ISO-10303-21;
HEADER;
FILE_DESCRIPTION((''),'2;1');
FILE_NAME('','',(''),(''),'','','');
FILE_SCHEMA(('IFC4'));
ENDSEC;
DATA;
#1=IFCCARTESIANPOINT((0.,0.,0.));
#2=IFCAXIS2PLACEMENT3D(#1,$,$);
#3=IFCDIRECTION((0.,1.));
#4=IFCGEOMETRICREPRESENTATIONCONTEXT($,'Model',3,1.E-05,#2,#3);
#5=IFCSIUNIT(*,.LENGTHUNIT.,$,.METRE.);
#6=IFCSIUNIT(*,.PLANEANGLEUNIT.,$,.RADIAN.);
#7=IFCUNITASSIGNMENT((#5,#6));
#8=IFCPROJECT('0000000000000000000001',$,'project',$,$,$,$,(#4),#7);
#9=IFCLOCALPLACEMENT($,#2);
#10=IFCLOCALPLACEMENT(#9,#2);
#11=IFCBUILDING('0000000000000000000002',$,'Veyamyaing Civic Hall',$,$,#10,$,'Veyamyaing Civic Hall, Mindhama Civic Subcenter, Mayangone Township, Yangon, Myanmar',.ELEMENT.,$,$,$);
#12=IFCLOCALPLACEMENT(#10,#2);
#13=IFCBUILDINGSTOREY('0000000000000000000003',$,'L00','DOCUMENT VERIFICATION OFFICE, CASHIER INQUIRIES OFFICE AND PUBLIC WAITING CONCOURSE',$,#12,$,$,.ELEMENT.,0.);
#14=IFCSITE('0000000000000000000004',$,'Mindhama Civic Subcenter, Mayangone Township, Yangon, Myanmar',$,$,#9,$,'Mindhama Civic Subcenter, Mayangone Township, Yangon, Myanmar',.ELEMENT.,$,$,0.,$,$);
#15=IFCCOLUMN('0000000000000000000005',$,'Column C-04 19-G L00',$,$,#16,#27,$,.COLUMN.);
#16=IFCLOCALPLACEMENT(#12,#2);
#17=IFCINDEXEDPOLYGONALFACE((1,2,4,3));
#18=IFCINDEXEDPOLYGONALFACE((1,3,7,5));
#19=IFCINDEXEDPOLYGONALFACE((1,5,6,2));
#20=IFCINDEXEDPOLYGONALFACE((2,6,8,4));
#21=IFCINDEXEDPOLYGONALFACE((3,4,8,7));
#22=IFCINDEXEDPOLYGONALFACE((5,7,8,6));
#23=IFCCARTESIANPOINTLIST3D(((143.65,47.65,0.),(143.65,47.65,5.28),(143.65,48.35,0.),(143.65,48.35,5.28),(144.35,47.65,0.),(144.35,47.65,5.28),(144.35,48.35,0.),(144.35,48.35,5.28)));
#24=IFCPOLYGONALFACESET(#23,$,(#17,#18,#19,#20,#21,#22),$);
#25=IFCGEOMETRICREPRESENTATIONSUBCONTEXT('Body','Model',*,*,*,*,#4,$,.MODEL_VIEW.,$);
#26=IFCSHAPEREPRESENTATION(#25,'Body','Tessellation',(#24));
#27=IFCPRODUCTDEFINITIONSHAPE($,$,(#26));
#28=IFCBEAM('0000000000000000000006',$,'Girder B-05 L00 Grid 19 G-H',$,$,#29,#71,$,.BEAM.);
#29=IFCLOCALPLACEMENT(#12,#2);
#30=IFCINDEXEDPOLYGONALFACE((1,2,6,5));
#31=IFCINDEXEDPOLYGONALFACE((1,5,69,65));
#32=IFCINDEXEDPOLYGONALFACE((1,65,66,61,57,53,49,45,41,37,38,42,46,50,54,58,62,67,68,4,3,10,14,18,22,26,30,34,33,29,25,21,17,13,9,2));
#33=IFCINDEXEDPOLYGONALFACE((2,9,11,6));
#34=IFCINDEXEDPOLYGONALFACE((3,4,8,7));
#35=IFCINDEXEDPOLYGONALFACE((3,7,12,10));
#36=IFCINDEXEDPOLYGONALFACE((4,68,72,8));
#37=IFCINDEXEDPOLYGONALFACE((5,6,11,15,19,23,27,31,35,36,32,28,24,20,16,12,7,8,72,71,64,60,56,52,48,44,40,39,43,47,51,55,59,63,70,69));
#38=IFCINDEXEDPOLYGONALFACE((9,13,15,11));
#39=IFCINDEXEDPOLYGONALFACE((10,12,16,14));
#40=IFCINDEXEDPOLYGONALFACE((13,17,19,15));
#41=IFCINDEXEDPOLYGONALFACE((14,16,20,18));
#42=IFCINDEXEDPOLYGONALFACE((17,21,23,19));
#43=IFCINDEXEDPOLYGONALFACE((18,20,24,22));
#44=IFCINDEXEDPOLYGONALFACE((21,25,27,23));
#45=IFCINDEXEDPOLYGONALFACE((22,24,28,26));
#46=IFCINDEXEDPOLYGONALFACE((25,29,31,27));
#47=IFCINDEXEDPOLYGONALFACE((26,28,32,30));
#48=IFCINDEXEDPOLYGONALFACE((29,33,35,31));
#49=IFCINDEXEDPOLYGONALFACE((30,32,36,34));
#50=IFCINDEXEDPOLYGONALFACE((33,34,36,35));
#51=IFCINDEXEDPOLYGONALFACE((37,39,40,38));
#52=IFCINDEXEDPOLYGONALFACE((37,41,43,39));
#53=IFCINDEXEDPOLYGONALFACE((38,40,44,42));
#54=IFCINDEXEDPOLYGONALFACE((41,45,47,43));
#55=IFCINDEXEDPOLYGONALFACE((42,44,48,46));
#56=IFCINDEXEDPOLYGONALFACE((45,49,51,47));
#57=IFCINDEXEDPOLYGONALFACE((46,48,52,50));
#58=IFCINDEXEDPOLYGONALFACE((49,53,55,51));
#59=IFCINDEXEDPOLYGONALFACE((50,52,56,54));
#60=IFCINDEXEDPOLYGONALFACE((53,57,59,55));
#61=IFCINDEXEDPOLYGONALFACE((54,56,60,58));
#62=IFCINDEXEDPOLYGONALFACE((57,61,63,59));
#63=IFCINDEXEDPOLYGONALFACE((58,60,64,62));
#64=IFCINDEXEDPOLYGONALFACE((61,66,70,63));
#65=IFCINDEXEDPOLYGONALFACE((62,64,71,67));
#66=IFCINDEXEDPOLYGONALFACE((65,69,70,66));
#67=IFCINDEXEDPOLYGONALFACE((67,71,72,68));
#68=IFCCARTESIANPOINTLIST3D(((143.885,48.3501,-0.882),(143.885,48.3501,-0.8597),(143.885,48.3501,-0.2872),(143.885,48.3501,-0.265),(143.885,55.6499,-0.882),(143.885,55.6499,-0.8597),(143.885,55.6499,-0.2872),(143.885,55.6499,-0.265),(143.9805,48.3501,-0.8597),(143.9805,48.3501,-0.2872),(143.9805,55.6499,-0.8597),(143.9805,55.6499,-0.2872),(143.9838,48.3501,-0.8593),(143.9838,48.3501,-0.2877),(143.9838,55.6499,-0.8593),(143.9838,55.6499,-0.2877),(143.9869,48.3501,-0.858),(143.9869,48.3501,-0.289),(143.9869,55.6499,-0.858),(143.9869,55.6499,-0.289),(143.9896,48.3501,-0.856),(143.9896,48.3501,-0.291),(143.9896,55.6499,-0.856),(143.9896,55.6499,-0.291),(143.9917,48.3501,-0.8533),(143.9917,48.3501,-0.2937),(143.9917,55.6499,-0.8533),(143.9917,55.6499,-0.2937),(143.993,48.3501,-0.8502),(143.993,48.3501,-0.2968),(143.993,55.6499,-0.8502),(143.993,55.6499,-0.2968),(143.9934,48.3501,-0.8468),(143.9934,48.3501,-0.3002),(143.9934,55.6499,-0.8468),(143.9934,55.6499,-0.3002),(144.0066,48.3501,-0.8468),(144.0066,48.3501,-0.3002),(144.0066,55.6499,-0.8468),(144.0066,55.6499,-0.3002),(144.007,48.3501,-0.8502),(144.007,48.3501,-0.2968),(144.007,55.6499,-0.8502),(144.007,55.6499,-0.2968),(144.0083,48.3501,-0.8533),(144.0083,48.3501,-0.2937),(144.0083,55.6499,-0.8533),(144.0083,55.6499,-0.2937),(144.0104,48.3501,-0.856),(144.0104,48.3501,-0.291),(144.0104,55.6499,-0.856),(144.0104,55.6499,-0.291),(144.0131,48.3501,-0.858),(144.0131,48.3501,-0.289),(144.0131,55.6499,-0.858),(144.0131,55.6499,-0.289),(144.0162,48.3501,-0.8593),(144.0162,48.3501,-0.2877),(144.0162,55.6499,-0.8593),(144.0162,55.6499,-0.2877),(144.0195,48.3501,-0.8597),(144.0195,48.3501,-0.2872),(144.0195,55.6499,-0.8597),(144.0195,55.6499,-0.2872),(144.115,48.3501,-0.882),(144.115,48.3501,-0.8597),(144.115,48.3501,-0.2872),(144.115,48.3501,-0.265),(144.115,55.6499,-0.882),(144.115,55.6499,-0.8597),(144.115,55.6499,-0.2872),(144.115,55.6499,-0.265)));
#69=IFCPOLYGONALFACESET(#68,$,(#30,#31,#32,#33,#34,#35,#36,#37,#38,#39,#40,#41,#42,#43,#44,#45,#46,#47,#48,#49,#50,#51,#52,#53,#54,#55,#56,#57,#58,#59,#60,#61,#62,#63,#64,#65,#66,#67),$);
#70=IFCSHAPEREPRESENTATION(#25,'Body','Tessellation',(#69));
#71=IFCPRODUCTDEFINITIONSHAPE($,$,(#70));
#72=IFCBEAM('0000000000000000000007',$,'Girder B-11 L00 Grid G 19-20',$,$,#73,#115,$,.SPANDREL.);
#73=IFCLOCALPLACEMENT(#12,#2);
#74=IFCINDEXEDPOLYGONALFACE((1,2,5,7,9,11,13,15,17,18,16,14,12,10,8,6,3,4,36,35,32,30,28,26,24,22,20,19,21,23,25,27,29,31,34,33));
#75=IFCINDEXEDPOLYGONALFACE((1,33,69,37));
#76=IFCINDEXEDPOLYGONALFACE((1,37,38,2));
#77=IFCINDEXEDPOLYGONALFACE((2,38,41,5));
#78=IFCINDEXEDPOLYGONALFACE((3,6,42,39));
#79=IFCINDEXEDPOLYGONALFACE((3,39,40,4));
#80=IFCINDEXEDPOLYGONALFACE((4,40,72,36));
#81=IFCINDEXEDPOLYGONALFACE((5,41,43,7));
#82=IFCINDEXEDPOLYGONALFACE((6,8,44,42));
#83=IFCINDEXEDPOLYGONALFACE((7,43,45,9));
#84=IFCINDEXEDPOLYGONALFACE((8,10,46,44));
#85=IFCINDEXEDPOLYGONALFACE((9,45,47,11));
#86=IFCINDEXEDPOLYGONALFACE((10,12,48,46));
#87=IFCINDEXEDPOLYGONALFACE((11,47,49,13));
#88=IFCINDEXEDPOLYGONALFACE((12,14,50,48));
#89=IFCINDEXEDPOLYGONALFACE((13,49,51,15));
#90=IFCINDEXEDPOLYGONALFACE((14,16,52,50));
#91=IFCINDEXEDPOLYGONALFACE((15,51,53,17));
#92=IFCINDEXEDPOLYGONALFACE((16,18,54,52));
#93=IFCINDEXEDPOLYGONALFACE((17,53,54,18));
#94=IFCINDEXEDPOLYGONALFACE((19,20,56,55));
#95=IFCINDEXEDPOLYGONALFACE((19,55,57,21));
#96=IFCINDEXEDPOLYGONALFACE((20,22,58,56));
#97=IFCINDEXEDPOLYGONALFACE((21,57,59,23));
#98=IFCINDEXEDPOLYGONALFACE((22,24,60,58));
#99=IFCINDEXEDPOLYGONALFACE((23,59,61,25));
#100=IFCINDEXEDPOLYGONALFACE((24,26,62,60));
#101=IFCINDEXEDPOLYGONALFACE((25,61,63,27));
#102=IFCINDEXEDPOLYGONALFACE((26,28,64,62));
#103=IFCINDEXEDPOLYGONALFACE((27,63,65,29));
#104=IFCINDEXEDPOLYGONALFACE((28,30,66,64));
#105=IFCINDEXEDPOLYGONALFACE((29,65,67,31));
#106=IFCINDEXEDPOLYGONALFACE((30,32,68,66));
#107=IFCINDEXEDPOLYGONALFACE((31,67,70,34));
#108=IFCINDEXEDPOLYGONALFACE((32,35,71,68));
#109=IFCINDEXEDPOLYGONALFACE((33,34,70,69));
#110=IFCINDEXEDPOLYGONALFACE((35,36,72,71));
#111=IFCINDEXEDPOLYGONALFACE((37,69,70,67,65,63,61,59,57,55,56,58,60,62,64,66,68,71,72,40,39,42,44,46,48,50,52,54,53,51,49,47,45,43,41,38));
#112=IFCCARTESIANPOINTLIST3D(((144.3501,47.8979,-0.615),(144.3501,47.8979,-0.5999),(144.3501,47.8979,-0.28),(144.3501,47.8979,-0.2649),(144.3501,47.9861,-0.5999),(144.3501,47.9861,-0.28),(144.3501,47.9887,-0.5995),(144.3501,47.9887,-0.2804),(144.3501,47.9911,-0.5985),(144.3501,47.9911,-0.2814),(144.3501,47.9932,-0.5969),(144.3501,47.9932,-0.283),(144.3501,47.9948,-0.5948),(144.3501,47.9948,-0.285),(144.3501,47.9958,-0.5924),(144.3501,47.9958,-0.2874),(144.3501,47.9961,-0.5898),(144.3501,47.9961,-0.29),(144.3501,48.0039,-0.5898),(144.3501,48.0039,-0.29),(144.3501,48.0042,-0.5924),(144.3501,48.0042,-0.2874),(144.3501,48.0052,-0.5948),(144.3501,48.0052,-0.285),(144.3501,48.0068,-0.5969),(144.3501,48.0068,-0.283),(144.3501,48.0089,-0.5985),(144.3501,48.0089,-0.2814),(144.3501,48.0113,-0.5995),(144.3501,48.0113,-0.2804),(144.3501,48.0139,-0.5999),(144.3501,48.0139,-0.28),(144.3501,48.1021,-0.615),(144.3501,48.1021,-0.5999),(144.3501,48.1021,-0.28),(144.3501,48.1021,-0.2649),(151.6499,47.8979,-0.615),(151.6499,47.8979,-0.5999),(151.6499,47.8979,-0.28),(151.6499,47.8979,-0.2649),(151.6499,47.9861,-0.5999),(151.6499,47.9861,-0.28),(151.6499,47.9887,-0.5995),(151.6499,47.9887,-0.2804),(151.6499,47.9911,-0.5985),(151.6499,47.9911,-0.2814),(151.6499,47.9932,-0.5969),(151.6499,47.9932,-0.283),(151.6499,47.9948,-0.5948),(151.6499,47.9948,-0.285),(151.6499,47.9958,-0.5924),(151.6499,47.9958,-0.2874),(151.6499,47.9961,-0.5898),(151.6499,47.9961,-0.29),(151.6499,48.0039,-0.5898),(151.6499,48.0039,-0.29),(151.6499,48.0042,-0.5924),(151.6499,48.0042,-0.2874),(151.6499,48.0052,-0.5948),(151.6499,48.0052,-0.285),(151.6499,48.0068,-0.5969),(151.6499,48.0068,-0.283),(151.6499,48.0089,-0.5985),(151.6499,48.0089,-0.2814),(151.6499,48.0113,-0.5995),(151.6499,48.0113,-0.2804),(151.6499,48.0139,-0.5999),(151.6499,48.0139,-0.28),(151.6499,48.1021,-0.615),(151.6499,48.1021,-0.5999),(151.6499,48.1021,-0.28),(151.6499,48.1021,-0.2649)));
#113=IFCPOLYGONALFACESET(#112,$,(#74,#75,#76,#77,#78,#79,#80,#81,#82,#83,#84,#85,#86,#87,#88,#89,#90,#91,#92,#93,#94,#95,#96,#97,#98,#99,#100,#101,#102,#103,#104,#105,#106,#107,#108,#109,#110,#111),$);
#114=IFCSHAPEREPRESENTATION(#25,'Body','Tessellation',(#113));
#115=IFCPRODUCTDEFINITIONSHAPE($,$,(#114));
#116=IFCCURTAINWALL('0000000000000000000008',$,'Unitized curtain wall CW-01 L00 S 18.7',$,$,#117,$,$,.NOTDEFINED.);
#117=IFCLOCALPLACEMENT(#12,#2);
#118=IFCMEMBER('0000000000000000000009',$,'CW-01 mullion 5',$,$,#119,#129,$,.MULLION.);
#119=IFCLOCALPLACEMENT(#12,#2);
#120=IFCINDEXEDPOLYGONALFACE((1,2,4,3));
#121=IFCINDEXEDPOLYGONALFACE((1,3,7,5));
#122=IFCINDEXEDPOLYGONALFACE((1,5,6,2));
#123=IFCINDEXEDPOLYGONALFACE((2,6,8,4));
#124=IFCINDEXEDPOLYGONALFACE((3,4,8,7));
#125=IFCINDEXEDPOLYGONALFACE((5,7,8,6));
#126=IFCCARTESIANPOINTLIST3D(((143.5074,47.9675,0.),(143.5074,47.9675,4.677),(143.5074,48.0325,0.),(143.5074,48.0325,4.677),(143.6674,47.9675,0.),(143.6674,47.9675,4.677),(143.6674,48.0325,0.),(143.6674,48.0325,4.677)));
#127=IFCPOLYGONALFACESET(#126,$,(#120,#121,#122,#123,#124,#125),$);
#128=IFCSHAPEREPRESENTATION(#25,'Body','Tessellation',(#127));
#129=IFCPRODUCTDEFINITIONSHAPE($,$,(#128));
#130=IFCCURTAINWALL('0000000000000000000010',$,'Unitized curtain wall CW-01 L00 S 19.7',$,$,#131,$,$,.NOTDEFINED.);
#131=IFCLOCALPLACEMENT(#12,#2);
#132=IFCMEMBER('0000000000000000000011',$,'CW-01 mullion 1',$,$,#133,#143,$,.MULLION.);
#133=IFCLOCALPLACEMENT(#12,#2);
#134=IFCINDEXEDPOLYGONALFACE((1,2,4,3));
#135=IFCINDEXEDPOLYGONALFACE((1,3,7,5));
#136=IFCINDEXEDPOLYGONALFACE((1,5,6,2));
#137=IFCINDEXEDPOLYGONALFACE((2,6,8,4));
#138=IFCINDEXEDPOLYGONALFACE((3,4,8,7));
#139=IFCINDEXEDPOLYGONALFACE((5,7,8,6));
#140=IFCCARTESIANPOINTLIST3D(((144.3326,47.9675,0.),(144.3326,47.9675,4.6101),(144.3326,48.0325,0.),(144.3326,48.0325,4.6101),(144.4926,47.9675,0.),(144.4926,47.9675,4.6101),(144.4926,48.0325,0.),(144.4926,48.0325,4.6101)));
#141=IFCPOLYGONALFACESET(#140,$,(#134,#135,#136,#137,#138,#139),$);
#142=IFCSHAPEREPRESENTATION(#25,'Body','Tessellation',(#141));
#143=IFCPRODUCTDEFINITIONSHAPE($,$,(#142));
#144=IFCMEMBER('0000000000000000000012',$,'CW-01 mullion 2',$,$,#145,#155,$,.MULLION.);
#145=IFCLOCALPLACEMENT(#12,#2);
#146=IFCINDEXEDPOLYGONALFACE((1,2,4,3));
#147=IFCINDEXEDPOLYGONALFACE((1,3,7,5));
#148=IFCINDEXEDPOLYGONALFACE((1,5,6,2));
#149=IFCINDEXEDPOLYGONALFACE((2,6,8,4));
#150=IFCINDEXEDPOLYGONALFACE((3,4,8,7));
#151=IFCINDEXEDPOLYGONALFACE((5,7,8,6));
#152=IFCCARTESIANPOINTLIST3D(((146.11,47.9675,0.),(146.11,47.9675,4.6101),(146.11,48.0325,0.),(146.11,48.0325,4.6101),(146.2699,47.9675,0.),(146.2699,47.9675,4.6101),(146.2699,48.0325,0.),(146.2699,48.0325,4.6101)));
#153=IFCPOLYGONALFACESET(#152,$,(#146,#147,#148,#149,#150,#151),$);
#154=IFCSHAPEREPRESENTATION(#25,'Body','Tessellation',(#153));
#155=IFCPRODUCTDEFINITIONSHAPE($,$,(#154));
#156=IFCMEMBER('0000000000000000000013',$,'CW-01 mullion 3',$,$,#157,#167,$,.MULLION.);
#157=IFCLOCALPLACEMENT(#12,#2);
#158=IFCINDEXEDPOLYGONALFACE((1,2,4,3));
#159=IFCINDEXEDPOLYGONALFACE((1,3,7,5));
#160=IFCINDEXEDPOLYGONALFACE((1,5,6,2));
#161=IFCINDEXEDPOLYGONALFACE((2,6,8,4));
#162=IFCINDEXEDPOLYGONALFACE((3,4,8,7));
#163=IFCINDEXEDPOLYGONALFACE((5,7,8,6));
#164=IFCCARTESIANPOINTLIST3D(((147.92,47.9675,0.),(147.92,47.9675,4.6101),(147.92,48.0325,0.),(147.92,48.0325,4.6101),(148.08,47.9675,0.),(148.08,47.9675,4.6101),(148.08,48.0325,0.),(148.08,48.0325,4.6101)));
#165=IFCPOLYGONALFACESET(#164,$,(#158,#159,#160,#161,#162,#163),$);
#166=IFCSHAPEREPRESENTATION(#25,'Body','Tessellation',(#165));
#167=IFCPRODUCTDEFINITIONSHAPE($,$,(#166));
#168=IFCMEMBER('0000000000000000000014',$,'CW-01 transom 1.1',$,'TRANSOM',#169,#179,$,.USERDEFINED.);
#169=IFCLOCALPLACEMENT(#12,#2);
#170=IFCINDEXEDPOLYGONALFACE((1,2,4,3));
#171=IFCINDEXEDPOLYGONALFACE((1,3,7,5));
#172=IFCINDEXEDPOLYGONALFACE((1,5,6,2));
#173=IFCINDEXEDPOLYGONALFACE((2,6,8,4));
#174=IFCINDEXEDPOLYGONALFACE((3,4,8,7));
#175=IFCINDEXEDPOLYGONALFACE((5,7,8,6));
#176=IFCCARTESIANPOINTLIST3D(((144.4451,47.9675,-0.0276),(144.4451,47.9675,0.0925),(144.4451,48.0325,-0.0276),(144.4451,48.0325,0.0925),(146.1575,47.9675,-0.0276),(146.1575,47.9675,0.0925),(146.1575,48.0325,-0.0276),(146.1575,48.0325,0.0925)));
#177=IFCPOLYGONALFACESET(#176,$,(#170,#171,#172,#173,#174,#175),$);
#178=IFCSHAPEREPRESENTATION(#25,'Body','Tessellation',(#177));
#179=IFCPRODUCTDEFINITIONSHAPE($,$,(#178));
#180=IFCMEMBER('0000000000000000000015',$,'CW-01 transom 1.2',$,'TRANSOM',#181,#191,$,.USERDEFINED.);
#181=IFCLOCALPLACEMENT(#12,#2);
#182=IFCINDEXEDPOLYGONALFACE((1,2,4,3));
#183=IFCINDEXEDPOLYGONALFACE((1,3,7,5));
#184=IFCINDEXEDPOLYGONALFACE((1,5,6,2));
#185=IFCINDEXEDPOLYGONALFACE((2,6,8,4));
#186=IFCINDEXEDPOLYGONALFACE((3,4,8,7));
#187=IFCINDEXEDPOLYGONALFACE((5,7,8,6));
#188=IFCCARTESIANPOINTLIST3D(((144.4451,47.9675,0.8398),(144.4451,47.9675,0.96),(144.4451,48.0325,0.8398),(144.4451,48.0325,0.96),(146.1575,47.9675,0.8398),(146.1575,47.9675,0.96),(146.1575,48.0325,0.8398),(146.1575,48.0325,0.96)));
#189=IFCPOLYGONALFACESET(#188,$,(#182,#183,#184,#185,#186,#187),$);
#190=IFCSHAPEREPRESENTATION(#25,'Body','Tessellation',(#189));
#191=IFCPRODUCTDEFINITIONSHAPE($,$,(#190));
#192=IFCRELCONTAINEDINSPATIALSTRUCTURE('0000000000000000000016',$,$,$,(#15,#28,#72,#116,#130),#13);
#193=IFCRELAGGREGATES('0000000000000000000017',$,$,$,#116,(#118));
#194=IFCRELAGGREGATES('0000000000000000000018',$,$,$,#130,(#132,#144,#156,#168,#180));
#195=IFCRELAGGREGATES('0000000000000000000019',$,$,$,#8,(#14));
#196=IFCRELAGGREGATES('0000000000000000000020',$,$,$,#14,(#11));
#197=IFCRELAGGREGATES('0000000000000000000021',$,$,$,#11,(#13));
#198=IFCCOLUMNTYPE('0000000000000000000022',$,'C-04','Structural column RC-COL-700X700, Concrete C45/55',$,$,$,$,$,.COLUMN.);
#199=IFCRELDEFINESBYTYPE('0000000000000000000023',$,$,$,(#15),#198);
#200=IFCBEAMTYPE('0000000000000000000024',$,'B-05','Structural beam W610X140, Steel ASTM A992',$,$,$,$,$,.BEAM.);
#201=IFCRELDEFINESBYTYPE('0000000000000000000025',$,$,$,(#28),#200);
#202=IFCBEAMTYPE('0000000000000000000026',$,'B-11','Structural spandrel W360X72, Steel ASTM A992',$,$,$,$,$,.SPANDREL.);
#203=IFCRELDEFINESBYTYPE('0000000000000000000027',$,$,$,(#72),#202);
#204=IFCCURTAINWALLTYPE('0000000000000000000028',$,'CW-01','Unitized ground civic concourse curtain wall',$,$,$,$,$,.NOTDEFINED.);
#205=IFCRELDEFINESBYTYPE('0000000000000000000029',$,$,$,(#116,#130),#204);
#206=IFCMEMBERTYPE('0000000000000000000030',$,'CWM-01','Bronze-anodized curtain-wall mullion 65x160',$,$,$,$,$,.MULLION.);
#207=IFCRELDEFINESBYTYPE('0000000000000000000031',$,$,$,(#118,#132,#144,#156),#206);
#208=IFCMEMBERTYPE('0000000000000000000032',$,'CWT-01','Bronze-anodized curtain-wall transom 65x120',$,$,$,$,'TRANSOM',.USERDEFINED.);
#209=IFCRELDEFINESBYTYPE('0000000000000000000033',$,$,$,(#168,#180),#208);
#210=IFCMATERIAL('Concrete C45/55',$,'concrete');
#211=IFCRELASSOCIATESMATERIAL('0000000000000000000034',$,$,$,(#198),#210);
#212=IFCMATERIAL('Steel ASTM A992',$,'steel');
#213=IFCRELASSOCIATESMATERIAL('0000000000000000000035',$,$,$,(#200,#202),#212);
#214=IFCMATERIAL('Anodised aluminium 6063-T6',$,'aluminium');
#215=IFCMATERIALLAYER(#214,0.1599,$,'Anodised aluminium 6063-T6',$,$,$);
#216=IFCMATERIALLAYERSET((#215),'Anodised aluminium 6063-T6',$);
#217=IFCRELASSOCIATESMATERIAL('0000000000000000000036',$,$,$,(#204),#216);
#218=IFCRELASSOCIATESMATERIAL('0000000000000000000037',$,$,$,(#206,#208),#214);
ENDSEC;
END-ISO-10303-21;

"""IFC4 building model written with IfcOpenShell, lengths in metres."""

from ifc_helpers import new_model, si_unit, direction, frame, origin, origin_2d, place, context, subcontext, project, spatial, rectangle, i_section, extrude, material, layer, layer_set, material_profile, profile_set, type_object, element, aggregate, save


model = new_model("IFC4")

# Units and contexts
model_context = context("Model", 3, precision=1e-05, world=origin(), true_north=direction((0.0, 1.0)))
body_context = subcontext(model_context, "Body", "Model", "MODEL_VIEW")
ifc_project = project(units=[si_unit("LENGTHUNIT", "METRE"), si_unit("PLANEANGLEUNIT", "RADIAN")], contexts=[model_context])

# Site, building, storey
site_placement = place(None, origin())
site = spatial("IfcSite", under=ifc_project, at=site_placement, Name="Mindhama Civic Subcenter, Mayangone Township, Yangon, Myanmar", LongName="Mindhama Civic Subcenter, Mayangone Township, Yangon, Myanmar", CompositionType="ELEMENT", RefElevation=0.0)
building_placement = place(site_placement, origin())
building = spatial("IfcBuilding", under=site, at=building_placement, Name="Veyamyaing Civic Hall", LongName="Veyamyaing Civic Hall, Mindhama Civic Subcenter, Mayangone Township, Yangon, Myanmar", CompositionType="ELEMENT")
storey_placement = place(building_placement, origin())
storey = spatial("IfcBuildingStorey", under=building, at=storey_placement, Name="L00", Description="DOCUMENT VERIFICATION OFFICE, CASHIER INQUIRIES OFFICE AND PUBLIC WAITING CONCOURSE", CompositionType="ELEMENT", Elevation=0.0)

# Column
ifc_material_1 = material(Name="Concrete C45/55", Category="concrete")
ifc_material_profile_1 = material_profile(ifc_material_1, rectangle(XDim=0.7, YDim=0.7, at=origin_2d()), Name="RC-COL-700X700")
ifc_profile_set_1 = profile_set([ifc_material_profile_1], Name="Concrete C45/55")
column_type = type_object("IfcColumnType", Name="C-04", Description="Structural column RC-COL-700X700, Concrete C45/55", PredefinedType="COLUMN", material=ifc_profile_set_1)
column_placement = place(storey_placement, frame((144.0, 48.0, 0.0), z_axis=(0.0, 0.0, 1.0), x_axis=(1.0, 0.0, 0.0)))
element("IfcColumn", 1, at=column_placement, inside=storey, type_object=column_type, Name="Column C-04 19-G L00", PredefinedType="COLUMN", context=body_context, shape_type="SweptSolid", body=[
    extrude(rectangle(XDim=0.7, YDim=0.7, at=origin_2d()), origin(), (0.0, 0.0, 1.0), 5.28),
])

# Beams
ifc_material_2 = material(Name="Steel ASTM A992", Category="steel")
ifc_material_profile_2 = material_profile(ifc_material_2, i_section(OverallWidth=0.23, OverallDepth=0.6169, WebThickness=0.0132, FlangeThickness=0.0222, FilletRadius=0.0129, at=origin_2d()), Name="W610X140")
ifc_profile_set_2 = profile_set([ifc_material_profile_2], Name="Steel ASTM A992")
beam_type_1 = type_object("IfcBeamType", Name="B-05", Description="Structural beam W610X140, Steel ASTM A992", PredefinedType="BEAM", material=ifc_profile_set_2)
beam_1_placement = place(storey_placement, frame((144.0, 48.3501, -0.5735), z_axis=(0.0, 1.0, 0.0), x_axis=(-1.0, 0.0, 0.0)))
element("IfcBeam", 2, at=beam_1_placement, inside=storey, type_object=beam_type_1, Name="Girder B-05 L00 Grid 19 G-H", PredefinedType="BEAM", context=body_context, shape_type="SweptSolid", body=[
    extrude(i_section(OverallWidth=0.23, OverallDepth=0.6169, WebThickness=0.0132, FlangeThickness=0.0222, FilletRadius=0.0129, at=origin_2d()), origin(), (0.0, 0.0, 1.0), 7.2998),
])
ifc_material_profile_3 = material_profile(ifc_material_2, i_section(OverallWidth=0.2041, OverallDepth=0.3501, WebThickness=0.0078, FlangeThickness=0.0151, FilletRadius=0.01, at=origin_2d()), Name="W360X72")
ifc_profile_set_3 = profile_set([ifc_material_profile_3], Name="Steel ASTM A992")
beam_type_2 = type_object("IfcBeamType", Name="B-11", Description="Structural spandrel W360X72, Steel ASTM A992", PredefinedType="SPANDREL", material=ifc_profile_set_3)
beam_2_placement = place(storey_placement, frame((144.3501, 48.0, -0.4399), z_axis=(1.0, 0.0, 0.0), x_axis=(0.0, 1.0, 0.0)))
element("IfcBeam", 3, at=beam_2_placement, inside=storey, type_object=beam_type_2, Name="Girder B-11 L00 Grid G 19-20", PredefinedType="SPANDREL", context=body_context, shape_type="SweptSolid", body=[
    extrude(i_section(OverallWidth=0.2041, OverallDepth=0.3501, WebThickness=0.0078, FlangeThickness=0.0151, FilletRadius=0.01, at=origin_2d()), origin(), (0.0, 0.0, 1.0), 7.2998),
])

# Curtain wall, member
ifc_material_3 = material(Name="Anodised aluminium 6063-T6", Category="aluminium")
ifc_layer_1 = layer(ifc_material_3, 0.1599, Name="Anodised aluminium 6063-T6")
ifc_layer_set_1 = layer_set([ifc_layer_1], Name="Anodised aluminium 6063-T6")
curtain_wall_type = type_object("IfcCurtainWallType", Name="CW-01", Description="Unitized ground civic concourse curtain wall", PredefinedType="NOTDEFINED", material=ifc_layer_set_1)
curtain_wall_1_placement = place(storey_placement, origin())
curtain_wall_1 = element("IfcCurtainWall", 4, at=curtain_wall_1_placement, inside=storey, type_object=curtain_wall_type, Name="Unitized curtain wall CW-01 L00 S 18.7", PredefinedType="NOTDEFINED")
ifc_material_profile_4 = material_profile(ifc_material_3, rectangle(XDim=0.0649, YDim=0.1599, at=origin_2d()), Name="ALU-MUL-65X160")
ifc_profile_set_4 = profile_set([ifc_material_profile_4], Name="Anodised aluminium 6063-T6")
member_type_1 = type_object("IfcMemberType", Name="CWM-01", Description="Bronze-anodized curtain-wall mullion 65x160", PredefinedType="MULLION", material=ifc_profile_set_4)
member_1_placement = place(storey_placement, frame((143.5874, 48.0, 0.0), z_axis=(0.0, 0.0, 1.0), x_axis=(0.0, 1.0, 0.0)))
member_1 = element("IfcMember", 5, at=member_1_placement, type_object=member_type_1, Name="CW-01 mullion 5", PredefinedType="MULLION", context=body_context, shape_type="SweptSolid", body=[
    extrude(rectangle(XDim=0.0649, YDim=0.1599, at=origin_2d()), origin(), (0.0, 0.0, 1.0), 4.677),
])

# Curtain wall, members
curtain_wall_2_placement = place(storey_placement, origin())
curtain_wall_2 = element("IfcCurtainWall", 6, at=curtain_wall_2_placement, inside=storey, type_object=curtain_wall_type, Name="Unitized curtain wall CW-01 L00 S 19.7", PredefinedType="NOTDEFINED")
member_2_placement = place(storey_placement, frame((144.4126, 48.0, 0.0), z_axis=(0.0, 0.0, 1.0), x_axis=(0.0, 1.0, 0.0)))
member_2 = element("IfcMember", 7, at=member_2_placement, type_object=member_type_1, Name="CW-01 mullion 1", PredefinedType="MULLION", context=body_context, shape_type="SweptSolid", body=[
    extrude(rectangle(XDim=0.0649, YDim=0.1599, at=origin_2d()), origin(), (0.0, 0.0, 1.0), 4.6101),
])
member_3_placement = place(storey_placement, frame((146.1899, 48.0, 0.0), z_axis=(0.0, 0.0, 1.0), x_axis=(0.0, 1.0, 0.0)))
member_3 = element("IfcMember", 8, at=member_3_placement, type_object=member_type_1, Name="CW-01 mullion 2", PredefinedType="MULLION", context=body_context, shape_type="SweptSolid", body=[
    extrude(rectangle(XDim=0.0649, YDim=0.1599, at=origin_2d()), origin(), (0.0, 0.0, 1.0), 4.6101),
])
member_4_placement = place(storey_placement, frame((148.0, 48.0, 0.0), z_axis=(0.0, 0.0, 1.0), x_axis=(0.0, 1.0, 0.0)))
member_4 = element("IfcMember", 9, at=member_4_placement, type_object=member_type_1, Name="CW-01 mullion 3", PredefinedType="MULLION", context=body_context, shape_type="SweptSolid", body=[
    extrude(rectangle(XDim=0.0649, YDim=0.1599, at=origin_2d()), origin(), (0.0, 0.0, 1.0), 4.6101),
])
ifc_material_profile_5 = material_profile(ifc_material_3, rectangle(XDim=0.0649, YDim=0.1201, at=origin_2d()), Name="ALU-TRN-65X120")
ifc_profile_set_5 = profile_set([ifc_material_profile_5], Name="Anodised aluminium 6063-T6")
member_type_2 = type_object("IfcMemberType", Name="CWT-01", Description="Bronze-anodized curtain-wall transom 65x120", ElementType="TRANSOM", PredefinedType="USERDEFINED", material=ifc_profile_set_5)
member_5_placement = place(storey_placement, frame((144.4451, 48.0, 0.0325), z_axis=(1.0, 0.0, 0.0), x_axis=(0.0, 1.0, 0.0)))
member_5 = element("IfcMember", 10, at=member_5_placement, type_object=member_type_2, Name="CW-01 transom 1.1", ObjectType="TRANSOM", PredefinedType="USERDEFINED", context=body_context, shape_type="SweptSolid", body=[
    extrude(rectangle(XDim=0.0649, YDim=0.1201, at=origin_2d()), origin(), (0.0, 0.0, 1.0), 1.7124),
])
member_6_placement = place(storey_placement, frame((144.4451, 48.0, 0.8999), z_axis=(1.0, 0.0, 0.0), x_axis=(0.0, 1.0, 0.0)))
member_6 = element("IfcMember", 11, at=member_6_placement, type_object=member_type_2, Name="CW-01 transom 1.2", ObjectType="TRANSOM", PredefinedType="USERDEFINED", context=body_context, shape_type="SweptSolid", body=[
    extrude(rectangle(XDim=0.0649, YDim=0.1201, at=origin_2d()), origin(), (0.0, 0.0, 1.0), 1.7124),
])

aggregate(curtain_wall_1, [member_1])
aggregate(curtain_wall_2, [member_2, member_3, member_4, member_5, member_6])

save(model, "model.ifc")
